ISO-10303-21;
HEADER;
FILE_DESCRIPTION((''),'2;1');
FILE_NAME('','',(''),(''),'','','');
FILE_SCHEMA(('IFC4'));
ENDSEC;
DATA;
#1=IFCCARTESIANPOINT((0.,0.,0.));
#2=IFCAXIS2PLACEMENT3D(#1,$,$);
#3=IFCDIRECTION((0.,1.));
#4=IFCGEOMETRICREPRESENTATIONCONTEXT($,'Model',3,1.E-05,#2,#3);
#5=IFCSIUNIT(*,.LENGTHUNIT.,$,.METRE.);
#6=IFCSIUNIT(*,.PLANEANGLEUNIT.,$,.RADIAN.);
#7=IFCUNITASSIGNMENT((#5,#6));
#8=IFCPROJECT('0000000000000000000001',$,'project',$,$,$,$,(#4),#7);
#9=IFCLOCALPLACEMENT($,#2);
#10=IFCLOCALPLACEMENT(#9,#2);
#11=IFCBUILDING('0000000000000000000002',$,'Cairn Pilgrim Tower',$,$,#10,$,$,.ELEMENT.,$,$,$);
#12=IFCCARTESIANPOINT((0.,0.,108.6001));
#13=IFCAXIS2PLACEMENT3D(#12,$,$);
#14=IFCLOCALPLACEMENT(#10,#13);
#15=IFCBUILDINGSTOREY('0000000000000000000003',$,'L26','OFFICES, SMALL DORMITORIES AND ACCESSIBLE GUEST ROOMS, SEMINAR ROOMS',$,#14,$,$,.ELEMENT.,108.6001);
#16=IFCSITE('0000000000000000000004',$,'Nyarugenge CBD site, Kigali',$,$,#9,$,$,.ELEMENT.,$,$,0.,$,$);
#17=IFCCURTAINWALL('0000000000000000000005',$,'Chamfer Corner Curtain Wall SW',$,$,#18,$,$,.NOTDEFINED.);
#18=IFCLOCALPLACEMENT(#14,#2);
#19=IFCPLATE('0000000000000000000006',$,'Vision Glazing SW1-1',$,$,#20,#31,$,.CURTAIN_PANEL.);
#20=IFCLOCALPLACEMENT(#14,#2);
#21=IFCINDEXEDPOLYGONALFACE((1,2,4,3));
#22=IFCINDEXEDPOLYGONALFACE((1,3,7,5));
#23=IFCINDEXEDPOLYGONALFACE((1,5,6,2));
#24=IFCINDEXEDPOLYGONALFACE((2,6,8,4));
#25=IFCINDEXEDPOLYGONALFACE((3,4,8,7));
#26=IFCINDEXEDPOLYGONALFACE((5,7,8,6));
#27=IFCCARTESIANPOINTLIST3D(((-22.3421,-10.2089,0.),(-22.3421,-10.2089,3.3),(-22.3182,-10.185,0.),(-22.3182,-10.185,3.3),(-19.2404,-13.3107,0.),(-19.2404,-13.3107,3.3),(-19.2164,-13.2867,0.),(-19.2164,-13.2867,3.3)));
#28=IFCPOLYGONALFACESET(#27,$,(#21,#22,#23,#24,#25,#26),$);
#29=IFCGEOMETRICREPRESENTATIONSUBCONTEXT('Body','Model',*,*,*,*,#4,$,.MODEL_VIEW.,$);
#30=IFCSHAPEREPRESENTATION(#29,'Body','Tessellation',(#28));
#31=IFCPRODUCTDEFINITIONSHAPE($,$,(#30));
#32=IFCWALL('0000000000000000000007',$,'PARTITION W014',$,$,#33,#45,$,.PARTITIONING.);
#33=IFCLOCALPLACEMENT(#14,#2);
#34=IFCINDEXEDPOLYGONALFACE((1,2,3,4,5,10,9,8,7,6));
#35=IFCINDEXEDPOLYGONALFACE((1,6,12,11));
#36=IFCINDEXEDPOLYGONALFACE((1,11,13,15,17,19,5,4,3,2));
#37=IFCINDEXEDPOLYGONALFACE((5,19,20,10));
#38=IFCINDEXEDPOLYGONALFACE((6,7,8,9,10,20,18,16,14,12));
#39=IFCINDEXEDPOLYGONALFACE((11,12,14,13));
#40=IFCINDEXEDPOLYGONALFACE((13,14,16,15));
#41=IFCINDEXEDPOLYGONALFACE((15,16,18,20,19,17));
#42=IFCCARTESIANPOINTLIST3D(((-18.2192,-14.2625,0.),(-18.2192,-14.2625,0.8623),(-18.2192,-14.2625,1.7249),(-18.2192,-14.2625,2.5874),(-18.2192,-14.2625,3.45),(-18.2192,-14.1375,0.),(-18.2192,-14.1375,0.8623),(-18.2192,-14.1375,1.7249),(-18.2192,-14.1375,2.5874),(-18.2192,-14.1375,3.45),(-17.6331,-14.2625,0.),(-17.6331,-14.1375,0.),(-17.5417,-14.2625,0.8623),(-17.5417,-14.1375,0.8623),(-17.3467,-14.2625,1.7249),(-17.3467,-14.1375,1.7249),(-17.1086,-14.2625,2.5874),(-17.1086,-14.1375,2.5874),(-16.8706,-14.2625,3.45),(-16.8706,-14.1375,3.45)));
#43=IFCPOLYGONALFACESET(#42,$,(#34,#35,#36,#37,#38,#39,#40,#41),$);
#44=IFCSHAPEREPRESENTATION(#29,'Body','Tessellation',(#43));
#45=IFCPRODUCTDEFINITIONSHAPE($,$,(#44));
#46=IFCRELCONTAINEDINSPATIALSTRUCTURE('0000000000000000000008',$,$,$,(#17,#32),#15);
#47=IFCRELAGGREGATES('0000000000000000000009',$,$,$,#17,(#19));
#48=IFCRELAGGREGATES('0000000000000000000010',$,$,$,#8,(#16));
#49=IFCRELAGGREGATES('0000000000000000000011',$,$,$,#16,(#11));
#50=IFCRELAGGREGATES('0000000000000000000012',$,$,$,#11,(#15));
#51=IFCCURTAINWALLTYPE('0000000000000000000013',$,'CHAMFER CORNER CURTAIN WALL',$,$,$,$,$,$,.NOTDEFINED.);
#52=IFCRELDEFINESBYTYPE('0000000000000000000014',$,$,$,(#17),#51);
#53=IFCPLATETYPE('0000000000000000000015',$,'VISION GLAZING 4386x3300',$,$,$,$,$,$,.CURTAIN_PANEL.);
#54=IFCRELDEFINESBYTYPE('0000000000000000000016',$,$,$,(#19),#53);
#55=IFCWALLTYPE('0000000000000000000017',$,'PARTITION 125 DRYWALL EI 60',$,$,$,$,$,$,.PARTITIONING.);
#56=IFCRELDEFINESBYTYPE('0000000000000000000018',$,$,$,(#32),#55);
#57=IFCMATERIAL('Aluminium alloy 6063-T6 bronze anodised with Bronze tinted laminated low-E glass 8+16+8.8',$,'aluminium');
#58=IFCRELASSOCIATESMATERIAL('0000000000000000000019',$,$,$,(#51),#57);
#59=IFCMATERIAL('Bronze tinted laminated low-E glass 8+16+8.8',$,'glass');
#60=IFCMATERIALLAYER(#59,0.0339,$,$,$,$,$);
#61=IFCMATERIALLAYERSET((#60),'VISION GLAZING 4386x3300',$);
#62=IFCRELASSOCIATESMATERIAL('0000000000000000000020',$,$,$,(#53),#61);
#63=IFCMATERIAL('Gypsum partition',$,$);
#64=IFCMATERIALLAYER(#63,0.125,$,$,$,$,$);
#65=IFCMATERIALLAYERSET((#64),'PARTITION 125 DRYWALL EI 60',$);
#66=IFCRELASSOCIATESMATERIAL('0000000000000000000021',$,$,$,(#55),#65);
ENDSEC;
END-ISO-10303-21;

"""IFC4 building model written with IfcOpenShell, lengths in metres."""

from ifc_helpers import new_model, si_unit, direction, frame, origin, origin_2d, place, context, subcontext, project, spatial, polyline, rectangle, outline, extrude, material, layer, layer_set, type_object, element, aggregate, save


model = new_model("IFC4")

# Units and contexts
model_context = context("Model", 3, precision=1e-05, world=origin(), true_north=direction((0.0, 1.0)))
body_context = subcontext(model_context, "Body", "Model", "MODEL_VIEW")
ifc_project = project(units=[si_unit("LENGTHUNIT", "METRE"), si_unit("PLANEANGLEUNIT", "RADIAN")], contexts=[model_context])

# Site, building, storey
site_placement = place(None, origin())
site = spatial("IfcSite", under=ifc_project, at=site_placement, Name="Nyarugenge CBD site, Kigali", CompositionType="ELEMENT", RefElevation=0.0)
building_placement = place(site_placement, origin())
building = spatial("IfcBuilding", under=site, at=building_placement, Name="Cairn Pilgrim Tower", CompositionType="ELEMENT")
storey_placement = place(building_placement, frame((0.0, 0.0, 108.6001)))
storey = spatial("IfcBuildingStorey", under=building, at=storey_placement, Name="L26", Description="OFFICES, SMALL DORMITORIES AND ACCESSIBLE GUEST ROOMS, SEMINAR ROOMS", CompositionType="ELEMENT", Elevation=108.6001)

# Curtain wall
ifc_material_1 = material(Name="Aluminium alloy 6063-T6 bronze anodised with Bronze tinted laminated low-E glass 8+16+8.8", Category="aluminium")
curtain_wall_type = type_object("IfcCurtainWallType", Name="CHAMFER CORNER CURTAIN WALL", PredefinedType="NOTDEFINED", material=ifc_material_1)
curtain_wall_placement = place(storey_placement, origin())
curtain_wall = element("IfcCurtainWall", 1, at=curtain_wall_placement, inside=storey, type_object=curtain_wall_type, Name="Chamfer Corner Curtain Wall SW", PredefinedType="NOTDEFINED")

# Plate
ifc_material_2 = material(Name="Bronze tinted laminated low-E glass 8+16+8.8", Category="glass")
ifc_layer_1 = layer(ifc_material_2, 0.0339)
ifc_layer_set_1 = layer_set([ifc_layer_1], Name="VISION GLAZING 4386x3300")
plate_type_1 = type_object("IfcPlateType", Name="VISION GLAZING 4386x3300", PredefinedType="CURTAIN_PANEL", material=ifc_layer_set_1)
plate_1_placement = place(storey_placement, frame((-20.7793, -11.7478, 0.0), z_axis=(0.0, 0.0, 1.0), x_axis=(0.707107, -0.707107, 0.0)))
plate_1 = element("IfcPlate", 2, at=plate_1_placement, type_object=plate_type_1, Name="Vision Glazing SW1-1", PredefinedType="CURTAIN_PANEL", context=body_context, shape_type="SweptSolid", body=[
    extrude(rectangle(XDim=4.3865, YDim=0.0339, at=origin_2d()), origin(), (0.0, 0.0, 1.0), 3.3),
])
aggregate(curtain_wall, [plate_1])

# Wall
ifc_material_3 = material(Name="Gypsum partition")
ifc_layer_2 = layer(ifc_material_3, 0.125)
ifc_layer_set_2 = layer_set([ifc_layer_2], Name="PARTITION 125 DRYWALL EI 60")
wall_type = type_object("IfcWallType", Name="PARTITION 125 DRYWALL EI 60", PredefinedType="PARTITIONING", material=ifc_layer_set_2)
wall_placement = place(storey_placement, frame((-18.2192, -14.2, 0.0), z_axis=(0.0, 0.0, 1.0), x_axis=(1.0, 0.0, 0.0)))
element("IfcWall", 3, at=wall_placement, inside=storey, type_object=wall_type, Name="PARTITION W014", PredefinedType="PARTITIONING", context=body_context, shape_type="SweptSolid", body=[
    extrude(outline(polyline([(0.0, 0.0), (0.5862, 0.0), (0.6775, 0.8623), (0.8726, 1.7249), (1.1106, 2.5874), (1.3486, 3.45), (0.0, 3.45), (0.0, 2.5874), (0.0, 1.7249), (0.0, 0.8623), (0.0, 0.0)])), frame((0.0, 0.0625, 0.0), z_axis=(0.0, -1.0, 0.0), x_axis=(1.0, 0.0, 0.0)), (0.0, 0.0, 1.0), 0.125),
])

save(model, "model.ifc")
